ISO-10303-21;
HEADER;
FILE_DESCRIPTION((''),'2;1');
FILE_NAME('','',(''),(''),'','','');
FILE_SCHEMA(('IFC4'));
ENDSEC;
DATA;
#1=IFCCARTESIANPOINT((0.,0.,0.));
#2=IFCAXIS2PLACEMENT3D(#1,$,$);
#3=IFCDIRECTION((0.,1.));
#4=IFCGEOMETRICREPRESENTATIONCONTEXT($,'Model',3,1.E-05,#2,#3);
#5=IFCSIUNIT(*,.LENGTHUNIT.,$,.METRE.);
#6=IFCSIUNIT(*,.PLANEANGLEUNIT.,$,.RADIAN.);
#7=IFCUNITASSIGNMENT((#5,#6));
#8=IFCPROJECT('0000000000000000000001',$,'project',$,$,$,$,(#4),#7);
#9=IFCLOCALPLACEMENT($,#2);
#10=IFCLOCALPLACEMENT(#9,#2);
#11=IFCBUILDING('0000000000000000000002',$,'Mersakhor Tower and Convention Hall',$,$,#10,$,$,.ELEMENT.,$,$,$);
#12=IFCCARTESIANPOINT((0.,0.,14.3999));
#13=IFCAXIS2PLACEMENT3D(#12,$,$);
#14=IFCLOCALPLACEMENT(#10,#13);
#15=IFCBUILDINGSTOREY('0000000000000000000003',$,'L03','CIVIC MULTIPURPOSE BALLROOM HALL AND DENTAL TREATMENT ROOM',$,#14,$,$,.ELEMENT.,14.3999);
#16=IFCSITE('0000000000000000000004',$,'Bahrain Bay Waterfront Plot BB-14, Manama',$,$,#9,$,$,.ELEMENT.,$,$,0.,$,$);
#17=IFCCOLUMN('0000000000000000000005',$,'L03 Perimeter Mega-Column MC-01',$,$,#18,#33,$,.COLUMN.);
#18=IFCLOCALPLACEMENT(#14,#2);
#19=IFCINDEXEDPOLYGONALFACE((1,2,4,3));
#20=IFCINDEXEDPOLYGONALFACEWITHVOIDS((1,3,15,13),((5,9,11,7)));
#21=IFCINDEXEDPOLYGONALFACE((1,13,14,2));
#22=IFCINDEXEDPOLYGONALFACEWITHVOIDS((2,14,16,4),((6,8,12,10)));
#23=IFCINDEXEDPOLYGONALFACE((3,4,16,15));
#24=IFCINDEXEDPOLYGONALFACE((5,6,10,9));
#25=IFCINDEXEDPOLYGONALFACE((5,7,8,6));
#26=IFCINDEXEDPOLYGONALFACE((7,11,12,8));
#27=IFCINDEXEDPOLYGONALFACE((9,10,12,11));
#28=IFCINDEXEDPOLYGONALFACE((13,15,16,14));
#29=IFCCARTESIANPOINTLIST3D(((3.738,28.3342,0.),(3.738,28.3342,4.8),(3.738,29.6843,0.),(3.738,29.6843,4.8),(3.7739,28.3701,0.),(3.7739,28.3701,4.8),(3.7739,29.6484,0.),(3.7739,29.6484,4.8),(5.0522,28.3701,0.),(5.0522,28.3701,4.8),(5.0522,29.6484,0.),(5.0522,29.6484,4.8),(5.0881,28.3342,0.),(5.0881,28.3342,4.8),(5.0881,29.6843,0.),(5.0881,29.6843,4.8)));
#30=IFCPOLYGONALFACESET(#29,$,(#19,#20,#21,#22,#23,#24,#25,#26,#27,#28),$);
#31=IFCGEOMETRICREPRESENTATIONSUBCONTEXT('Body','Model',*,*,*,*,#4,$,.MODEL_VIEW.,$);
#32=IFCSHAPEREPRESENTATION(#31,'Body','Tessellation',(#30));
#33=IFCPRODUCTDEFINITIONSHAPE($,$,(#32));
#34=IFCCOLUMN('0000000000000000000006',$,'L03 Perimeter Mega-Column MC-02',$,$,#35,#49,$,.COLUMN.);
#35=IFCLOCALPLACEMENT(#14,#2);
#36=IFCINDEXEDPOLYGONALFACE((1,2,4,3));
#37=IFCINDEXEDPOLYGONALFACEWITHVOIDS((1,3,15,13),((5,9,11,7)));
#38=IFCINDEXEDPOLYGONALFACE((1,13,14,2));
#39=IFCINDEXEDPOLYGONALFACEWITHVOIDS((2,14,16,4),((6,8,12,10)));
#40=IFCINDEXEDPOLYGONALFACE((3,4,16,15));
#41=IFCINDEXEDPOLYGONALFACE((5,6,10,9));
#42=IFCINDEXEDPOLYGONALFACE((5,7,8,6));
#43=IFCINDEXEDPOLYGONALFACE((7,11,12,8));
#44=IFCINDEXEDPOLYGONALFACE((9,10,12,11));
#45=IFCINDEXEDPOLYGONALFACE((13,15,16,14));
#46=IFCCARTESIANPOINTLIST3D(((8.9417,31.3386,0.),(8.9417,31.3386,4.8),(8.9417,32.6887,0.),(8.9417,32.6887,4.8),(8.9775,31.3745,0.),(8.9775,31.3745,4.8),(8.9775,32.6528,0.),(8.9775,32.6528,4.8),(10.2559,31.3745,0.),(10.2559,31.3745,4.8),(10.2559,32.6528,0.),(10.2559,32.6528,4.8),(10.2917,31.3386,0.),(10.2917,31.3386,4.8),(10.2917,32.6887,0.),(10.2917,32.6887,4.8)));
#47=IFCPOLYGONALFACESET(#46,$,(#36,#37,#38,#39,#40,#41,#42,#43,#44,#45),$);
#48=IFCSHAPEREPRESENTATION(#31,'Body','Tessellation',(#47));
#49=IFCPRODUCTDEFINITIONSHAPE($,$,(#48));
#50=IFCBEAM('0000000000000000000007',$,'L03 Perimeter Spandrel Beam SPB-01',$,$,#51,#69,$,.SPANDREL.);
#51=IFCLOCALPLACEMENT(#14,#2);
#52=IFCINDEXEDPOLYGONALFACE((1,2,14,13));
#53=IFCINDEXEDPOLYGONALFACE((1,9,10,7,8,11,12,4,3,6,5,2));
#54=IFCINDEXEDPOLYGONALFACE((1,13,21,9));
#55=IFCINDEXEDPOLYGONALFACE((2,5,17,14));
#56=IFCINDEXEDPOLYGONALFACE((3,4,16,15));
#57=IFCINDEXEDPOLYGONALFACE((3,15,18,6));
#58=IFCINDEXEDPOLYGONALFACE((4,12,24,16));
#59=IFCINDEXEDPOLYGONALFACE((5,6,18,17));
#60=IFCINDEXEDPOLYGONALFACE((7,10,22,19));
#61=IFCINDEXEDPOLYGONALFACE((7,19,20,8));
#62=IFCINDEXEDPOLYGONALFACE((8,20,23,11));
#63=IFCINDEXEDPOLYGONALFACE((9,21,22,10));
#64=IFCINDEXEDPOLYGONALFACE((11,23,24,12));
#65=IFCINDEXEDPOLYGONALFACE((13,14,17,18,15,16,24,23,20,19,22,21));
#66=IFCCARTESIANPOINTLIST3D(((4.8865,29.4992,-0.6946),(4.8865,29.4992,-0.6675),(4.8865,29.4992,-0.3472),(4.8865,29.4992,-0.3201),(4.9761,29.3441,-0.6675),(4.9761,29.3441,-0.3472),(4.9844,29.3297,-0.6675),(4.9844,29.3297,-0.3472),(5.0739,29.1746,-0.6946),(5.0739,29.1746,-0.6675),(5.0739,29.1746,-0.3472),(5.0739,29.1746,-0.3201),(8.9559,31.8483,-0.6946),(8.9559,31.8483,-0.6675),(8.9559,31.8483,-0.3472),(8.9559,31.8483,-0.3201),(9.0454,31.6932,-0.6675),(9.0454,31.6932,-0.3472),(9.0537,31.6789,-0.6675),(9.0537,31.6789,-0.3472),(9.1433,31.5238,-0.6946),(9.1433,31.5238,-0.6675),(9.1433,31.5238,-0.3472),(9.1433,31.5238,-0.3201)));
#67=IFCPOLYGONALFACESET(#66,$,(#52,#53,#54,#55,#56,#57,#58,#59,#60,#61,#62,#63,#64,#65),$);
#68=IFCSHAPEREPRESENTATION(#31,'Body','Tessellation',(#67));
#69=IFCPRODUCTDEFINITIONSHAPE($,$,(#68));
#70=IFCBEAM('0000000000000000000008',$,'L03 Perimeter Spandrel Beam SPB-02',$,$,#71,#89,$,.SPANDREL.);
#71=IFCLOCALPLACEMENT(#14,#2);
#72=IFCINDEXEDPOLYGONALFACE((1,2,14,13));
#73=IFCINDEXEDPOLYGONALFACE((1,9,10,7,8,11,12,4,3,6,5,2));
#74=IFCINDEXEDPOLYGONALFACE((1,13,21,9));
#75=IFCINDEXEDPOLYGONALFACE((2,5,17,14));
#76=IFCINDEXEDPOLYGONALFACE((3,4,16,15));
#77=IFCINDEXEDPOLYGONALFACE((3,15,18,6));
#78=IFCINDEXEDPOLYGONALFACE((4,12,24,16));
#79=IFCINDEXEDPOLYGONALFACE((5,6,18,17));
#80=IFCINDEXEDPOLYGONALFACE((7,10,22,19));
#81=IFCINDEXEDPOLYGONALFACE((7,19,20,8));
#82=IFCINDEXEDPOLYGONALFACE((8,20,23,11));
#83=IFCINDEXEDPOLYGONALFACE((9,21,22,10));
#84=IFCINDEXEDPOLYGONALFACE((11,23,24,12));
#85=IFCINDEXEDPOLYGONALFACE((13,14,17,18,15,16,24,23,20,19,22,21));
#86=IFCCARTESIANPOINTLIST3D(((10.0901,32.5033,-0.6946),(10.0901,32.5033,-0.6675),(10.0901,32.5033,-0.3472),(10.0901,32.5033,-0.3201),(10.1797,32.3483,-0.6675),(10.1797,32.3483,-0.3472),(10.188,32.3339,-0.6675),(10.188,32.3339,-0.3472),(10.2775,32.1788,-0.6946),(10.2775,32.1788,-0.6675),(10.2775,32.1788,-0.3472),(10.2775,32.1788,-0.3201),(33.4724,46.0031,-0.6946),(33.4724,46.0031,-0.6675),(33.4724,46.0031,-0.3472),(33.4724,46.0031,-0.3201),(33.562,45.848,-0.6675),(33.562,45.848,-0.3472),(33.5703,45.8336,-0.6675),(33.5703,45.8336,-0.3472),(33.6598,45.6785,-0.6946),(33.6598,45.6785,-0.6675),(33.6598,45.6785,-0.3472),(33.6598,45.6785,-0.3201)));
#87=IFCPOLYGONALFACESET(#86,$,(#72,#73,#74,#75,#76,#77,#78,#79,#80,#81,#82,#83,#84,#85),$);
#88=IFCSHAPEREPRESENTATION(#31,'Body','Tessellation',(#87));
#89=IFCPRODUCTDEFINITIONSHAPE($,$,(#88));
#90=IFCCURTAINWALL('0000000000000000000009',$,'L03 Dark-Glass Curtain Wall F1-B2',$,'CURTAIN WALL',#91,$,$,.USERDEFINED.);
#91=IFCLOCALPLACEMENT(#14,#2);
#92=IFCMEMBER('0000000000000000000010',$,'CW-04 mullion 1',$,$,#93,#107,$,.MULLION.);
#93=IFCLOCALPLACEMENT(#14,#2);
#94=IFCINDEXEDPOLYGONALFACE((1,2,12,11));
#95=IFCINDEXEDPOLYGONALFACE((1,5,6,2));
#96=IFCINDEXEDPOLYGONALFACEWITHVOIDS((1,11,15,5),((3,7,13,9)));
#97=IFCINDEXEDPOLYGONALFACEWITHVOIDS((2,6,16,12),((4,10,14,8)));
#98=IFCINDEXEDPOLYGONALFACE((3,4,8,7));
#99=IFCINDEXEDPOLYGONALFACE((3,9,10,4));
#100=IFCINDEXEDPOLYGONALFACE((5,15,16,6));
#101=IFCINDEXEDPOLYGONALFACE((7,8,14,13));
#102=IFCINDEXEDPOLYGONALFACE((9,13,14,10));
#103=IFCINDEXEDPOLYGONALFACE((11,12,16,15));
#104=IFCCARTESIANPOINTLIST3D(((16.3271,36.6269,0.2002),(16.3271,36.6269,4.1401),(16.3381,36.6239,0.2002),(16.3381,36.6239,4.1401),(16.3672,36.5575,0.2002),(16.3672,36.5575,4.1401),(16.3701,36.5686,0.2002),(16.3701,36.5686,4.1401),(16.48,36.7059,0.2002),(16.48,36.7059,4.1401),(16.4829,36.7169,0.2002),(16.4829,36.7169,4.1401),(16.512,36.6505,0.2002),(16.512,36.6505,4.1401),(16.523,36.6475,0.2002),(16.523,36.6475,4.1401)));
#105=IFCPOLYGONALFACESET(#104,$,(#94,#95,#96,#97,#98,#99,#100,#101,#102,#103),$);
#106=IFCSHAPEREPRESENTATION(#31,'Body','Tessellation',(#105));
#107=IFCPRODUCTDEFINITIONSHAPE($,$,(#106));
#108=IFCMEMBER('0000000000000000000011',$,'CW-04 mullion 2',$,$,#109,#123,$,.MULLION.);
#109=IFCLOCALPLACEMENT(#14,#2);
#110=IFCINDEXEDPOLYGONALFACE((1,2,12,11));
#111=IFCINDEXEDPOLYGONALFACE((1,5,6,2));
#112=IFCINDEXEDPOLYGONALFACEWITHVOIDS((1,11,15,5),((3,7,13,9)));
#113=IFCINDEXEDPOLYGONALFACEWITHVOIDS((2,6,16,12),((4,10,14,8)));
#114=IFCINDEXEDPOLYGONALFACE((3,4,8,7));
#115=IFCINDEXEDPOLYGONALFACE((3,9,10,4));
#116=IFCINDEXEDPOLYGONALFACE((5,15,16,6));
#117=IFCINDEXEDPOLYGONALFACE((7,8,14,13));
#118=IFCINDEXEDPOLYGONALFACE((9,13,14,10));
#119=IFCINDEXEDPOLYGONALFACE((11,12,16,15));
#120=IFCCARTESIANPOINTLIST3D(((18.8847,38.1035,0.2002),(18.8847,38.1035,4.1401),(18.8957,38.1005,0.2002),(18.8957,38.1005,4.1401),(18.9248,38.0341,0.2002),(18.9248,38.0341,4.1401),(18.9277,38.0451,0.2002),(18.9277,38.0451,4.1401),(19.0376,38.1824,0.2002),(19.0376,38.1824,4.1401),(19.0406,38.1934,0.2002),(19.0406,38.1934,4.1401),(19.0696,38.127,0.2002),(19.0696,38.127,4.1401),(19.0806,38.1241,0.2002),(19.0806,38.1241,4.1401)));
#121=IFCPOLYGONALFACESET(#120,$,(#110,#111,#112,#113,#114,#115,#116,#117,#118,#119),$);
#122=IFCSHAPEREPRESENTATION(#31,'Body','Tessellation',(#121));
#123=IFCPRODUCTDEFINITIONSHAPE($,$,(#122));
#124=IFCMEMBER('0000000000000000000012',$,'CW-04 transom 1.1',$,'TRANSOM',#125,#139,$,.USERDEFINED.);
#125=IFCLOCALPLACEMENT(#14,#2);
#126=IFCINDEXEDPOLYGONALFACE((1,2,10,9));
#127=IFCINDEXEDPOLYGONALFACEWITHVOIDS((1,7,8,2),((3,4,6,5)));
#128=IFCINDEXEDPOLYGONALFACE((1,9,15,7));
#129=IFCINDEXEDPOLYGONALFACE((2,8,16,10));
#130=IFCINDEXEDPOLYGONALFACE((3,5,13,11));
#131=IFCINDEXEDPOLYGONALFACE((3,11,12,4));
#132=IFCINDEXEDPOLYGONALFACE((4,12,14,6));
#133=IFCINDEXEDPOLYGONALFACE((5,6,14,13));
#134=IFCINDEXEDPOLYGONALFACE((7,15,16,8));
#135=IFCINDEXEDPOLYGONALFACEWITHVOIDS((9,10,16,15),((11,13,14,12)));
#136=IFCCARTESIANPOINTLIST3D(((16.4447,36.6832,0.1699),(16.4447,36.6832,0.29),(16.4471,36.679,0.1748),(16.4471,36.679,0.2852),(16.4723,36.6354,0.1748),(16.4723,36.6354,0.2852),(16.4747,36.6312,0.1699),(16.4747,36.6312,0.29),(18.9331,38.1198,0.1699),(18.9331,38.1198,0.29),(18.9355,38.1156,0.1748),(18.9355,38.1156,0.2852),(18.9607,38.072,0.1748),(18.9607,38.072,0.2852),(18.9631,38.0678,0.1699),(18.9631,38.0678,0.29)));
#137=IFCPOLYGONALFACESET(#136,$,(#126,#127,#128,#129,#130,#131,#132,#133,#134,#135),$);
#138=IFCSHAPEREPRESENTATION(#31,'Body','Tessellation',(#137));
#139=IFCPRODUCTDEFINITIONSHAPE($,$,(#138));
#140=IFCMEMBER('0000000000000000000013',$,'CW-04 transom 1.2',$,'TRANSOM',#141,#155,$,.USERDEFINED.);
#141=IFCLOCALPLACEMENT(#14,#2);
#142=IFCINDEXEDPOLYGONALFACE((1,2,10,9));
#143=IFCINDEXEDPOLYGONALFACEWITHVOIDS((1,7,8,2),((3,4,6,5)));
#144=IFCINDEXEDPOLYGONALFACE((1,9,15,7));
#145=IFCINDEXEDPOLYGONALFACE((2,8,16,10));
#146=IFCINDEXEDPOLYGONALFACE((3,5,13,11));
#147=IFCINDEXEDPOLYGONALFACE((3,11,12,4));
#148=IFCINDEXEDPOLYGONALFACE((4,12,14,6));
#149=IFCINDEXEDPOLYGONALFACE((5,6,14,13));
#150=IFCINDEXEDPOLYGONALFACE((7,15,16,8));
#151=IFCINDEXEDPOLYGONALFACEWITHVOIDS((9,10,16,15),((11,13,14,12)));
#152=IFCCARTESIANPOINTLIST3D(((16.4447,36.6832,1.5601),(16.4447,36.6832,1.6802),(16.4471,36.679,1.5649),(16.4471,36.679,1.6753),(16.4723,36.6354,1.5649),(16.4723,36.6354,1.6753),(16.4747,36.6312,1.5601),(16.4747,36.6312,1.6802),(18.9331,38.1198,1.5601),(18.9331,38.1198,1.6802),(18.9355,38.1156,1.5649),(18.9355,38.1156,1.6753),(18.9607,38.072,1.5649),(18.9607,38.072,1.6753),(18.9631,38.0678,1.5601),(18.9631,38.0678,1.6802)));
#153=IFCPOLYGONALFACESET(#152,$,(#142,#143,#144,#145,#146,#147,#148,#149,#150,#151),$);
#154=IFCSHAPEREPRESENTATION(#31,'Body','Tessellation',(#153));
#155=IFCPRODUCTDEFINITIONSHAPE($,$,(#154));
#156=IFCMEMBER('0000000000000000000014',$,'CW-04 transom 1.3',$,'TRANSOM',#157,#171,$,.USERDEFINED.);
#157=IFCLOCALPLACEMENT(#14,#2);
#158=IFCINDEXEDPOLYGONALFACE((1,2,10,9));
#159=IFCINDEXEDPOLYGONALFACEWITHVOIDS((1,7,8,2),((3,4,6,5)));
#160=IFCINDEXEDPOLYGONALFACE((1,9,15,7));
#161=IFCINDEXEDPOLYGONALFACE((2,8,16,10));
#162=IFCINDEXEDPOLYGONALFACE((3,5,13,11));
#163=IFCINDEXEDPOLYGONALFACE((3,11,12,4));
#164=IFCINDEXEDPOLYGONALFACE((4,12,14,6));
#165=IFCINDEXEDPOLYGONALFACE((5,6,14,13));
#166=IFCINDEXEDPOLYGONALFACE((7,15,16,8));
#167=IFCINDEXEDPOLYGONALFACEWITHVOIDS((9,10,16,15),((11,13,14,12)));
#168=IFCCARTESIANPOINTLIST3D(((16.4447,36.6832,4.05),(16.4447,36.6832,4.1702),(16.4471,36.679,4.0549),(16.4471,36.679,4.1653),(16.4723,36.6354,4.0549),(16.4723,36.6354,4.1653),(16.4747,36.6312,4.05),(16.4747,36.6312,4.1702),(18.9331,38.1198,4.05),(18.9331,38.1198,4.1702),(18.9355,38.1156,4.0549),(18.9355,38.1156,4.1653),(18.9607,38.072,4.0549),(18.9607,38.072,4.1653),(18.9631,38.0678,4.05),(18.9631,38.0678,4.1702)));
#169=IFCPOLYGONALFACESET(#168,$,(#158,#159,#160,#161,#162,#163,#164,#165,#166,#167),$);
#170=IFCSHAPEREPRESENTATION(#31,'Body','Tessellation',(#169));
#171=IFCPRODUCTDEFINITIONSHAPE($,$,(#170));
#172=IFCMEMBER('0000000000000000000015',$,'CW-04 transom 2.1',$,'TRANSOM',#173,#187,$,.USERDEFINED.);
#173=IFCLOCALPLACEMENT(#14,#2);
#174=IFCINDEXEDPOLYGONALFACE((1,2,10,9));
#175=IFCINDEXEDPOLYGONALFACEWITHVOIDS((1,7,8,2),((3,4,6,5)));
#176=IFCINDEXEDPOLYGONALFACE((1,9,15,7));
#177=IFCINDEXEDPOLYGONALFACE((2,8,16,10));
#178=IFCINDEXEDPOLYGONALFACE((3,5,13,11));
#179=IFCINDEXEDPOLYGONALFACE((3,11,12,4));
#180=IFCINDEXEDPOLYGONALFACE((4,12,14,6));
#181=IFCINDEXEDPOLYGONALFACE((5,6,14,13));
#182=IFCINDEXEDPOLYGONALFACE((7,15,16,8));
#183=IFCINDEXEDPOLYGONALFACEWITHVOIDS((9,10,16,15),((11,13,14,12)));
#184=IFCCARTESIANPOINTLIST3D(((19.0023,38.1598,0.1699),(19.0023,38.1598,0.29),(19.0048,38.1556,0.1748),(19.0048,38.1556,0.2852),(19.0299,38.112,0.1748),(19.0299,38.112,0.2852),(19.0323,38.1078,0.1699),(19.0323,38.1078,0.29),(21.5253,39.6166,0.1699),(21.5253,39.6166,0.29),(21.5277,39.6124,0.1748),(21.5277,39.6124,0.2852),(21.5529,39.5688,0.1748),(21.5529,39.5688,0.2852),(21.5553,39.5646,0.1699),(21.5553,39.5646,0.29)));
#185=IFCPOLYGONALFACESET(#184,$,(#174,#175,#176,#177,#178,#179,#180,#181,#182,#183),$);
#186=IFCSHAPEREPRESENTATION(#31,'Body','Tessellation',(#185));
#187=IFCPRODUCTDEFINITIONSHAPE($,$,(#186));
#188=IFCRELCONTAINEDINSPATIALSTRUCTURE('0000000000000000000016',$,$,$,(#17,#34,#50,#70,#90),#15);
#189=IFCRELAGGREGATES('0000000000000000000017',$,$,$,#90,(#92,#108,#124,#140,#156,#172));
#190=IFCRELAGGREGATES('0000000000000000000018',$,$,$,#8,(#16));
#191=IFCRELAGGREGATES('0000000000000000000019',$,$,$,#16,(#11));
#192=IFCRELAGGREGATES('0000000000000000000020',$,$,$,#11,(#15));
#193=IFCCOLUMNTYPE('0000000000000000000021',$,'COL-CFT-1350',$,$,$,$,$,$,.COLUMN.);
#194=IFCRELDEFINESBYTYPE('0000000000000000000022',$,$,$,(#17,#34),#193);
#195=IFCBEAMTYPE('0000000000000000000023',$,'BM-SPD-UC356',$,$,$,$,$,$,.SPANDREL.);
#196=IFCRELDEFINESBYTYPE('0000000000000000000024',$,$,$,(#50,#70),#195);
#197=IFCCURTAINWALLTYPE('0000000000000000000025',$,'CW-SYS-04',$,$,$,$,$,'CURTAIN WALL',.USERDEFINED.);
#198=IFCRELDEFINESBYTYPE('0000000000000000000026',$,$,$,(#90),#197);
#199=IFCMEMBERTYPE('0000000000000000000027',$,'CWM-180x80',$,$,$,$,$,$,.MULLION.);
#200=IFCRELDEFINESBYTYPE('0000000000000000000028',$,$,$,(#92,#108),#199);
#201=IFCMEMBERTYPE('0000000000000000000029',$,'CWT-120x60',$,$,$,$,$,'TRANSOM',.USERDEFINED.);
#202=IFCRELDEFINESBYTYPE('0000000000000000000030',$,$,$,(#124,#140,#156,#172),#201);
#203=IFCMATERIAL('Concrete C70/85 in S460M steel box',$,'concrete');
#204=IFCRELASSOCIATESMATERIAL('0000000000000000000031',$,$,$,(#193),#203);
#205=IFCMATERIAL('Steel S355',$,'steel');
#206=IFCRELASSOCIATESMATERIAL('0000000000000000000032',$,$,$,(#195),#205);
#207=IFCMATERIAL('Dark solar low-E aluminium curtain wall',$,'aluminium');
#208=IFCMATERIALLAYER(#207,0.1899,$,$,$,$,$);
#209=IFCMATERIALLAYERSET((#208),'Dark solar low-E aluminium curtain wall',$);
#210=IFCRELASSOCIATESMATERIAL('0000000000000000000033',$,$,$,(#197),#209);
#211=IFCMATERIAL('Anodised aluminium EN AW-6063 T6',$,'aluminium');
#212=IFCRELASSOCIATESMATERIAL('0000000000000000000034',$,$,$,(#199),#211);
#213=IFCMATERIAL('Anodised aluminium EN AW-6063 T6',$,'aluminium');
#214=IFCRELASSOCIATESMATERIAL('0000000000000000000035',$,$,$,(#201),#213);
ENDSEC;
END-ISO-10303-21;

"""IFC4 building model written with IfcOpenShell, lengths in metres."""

from ifc_helpers import new_model, si_unit, direction, frame, origin, origin_2d, place, context, subcontext, project, spatial, hollow_rectangle, i_section, extrude, material, layer, layer_set, material_profile, profile_set, type_object, element, aggregate, save


model = new_model("IFC4")

# Units and contexts
model_context = context("Model", 3, precision=1e-05, world=origin(), true_north=direction((0.0, 1.0)))
body_context = subcontext(model_context, "Body", "Model", "MODEL_VIEW")
ifc_project = project(units=[si_unit("LENGTHUNIT", "METRE"), si_unit("PLANEANGLEUNIT", "RADIAN")], contexts=[model_context])

# Site, building, storey
site_placement = place(None, origin())
site = spatial("IfcSite", under=ifc_project, at=site_placement, Name="Bahrain Bay Waterfront Plot BB-14, Manama", CompositionType="ELEMENT", RefElevation=0.0)
building_placement = place(site_placement, origin())
building = spatial("IfcBuilding", under=site, at=building_placement, Name="Mersakhor Tower and Convention Hall", CompositionType="ELEMENT")
storey_placement = place(building_placement, frame((0.0, 0.0, 14.3999)))
storey = spatial("IfcBuildingStorey", under=building, at=storey_placement, Name="L03", Description="CIVIC MULTIPURPOSE BALLROOM HALL AND DENTAL TREATMENT ROOM", CompositionType="ELEMENT", Elevation=14.3999)

# Columns
ifc_material_1 = material(Name="Concrete C70/85 in S460M steel box", Category="concrete")
ifc_material_profile_1 = material_profile(ifc_material_1, hollow_rectangle(XDim=1.3501, YDim=1.3501, WallThickness=0.0359, at=origin_2d()), Name="SHS 1350x1350x36")
ifc_profile_set_1 = profile_set([ifc_material_profile_1], Name="Concrete C70/85 in S460M steel box")
column_type = type_object("IfcColumnType", Name="COL-CFT-1350", PredefinedType="COLUMN", material=ifc_profile_set_1)
for number, where, z_axis, x_axis, name in (
    (1, (4.4131, 29.0093, 0.0), (0.0, 0.0, 1.0), (1.0, 0.0, 0.0), "L03 Perimeter Mega-Column MC-01"),
    (2, (9.6167, 32.0137, 0.0), (0.0, 0.0, 1.0), (1.0, 0.0, 0.0), "L03 Perimeter Mega-Column MC-02"),
):
    element("IfcColumn", number, at=place(storey_placement, frame(where, z_axis=z_axis, x_axis=x_axis)), inside=storey, type_object=column_type, Name=name, PredefinedType="COLUMN", context=body_context, shape_type="SweptSolid", body=[
        extrude(hollow_rectangle(XDim=1.3501, YDim=1.3501, WallThickness=0.0359, at=origin_2d()), origin(), (0.0, 0.0, 1.0), 4.8),
    ])

# Beams
ifc_material_2 = material(Name="Steel S355", Category="steel")
ifc_material_profile_2 = material_profile(ifc_material_2, i_section(OverallWidth=0.3748, OverallDepth=0.3745, WebThickness=0.0166, FlangeThickness=0.0271, at=origin_2d()), Name="UC 356x368x202")
ifc_profile_set_2 = profile_set([ifc_material_profile_2], Name="Steel S355")
beam_type = type_object("IfcBeamType", Name="BM-SPD-UC356", PredefinedType="SPANDREL", material=ifc_profile_set_2)
beam_1_placement = place(storey_placement, frame((4.9802, 29.3369, -0.5073), z_axis=(0.866054, 0.49995, 0.0), x_axis=(-0.49995, 0.866054, 0.0)))
element("IfcBeam", 3, at=beam_1_placement, inside=storey, type_object=beam_type, Name="L03 Perimeter Spandrel Beam SPB-01", PredefinedType="SPANDREL", context=body_context, shape_type="SweptSolid", body=[
    extrude(i_section(OverallWidth=0.3748, OverallDepth=0.3745, WebThickness=0.0166, FlangeThickness=0.0271, at=origin_2d()), origin(), (0.0, 0.0, 1.0), 4.6987),
])
beam_2_placement = place(storey_placement, frame((10.1838, 32.3411, -0.5073), z_axis=(0.866026, 0.499999, 0.0), x_axis=(-0.499999, 0.866026, 0.0)))
element("IfcBeam", 4, at=beam_2_placement, inside=storey, type_object=beam_type, Name="L03 Perimeter Spandrel Beam SPB-02", PredefinedType="SPANDREL", context=body_context, shape_type="SweptSolid", body=[
    extrude(i_section(OverallWidth=0.3748, OverallDepth=0.3745, WebThickness=0.0166, FlangeThickness=0.0271, at=origin_2d()), origin(), (0.0, 0.0, 1.0), 26.9995),
])

# Curtain wall, members
ifc_material_3 = material(Name="Dark solar low-E aluminium curtain wall", Category="aluminium")
ifc_layer_1 = layer(ifc_material_3, 0.1899)
ifc_layer_set_1 = layer_set([ifc_layer_1], Name="Dark solar low-E aluminium curtain wall")
curtain_wall_type = type_object("IfcCurtainWallType", Name="CW-SYS-04", ElementType="CURTAIN WALL", PredefinedType="USERDEFINED", material=ifc_layer_set_1)
curtain_wall_placement = place(storey_placement, origin())
curtain_wall = element("IfcCurtainWall", 5, at=curtain_wall_placement, inside=storey, type_object=curtain_wall_type, Name="L03 Dark-Glass Curtain Wall F1-B2", ObjectType="CURTAIN WALL", PredefinedType="USERDEFINED")
ifc_material_4 = material(Name="Anodised aluminium EN AW-6063 T6", Category="aluminium")
ifc_material_profile_3 = material_profile(ifc_material_4, hollow_rectangle(XDim=0.0801, YDim=0.1799, WallThickness=0.0081, at=origin_2d()), Name="RHS 180x80x8")
ifc_profile_set_3 = profile_set([ifc_material_profile_3], Name="Anodised aluminium EN AW-6063 T6")
member_type_1 = type_object("IfcMemberType", Name="CWM-180x80", PredefinedType="MULLION", material=ifc_profile_set_3)
member_1_placement = place(storey_placement, frame((16.425, 36.6372, 0.2002), z_axis=(0.0, 0.0, 1.0), x_axis=(-0.500003, 0.866023, 0.0)))
member_1 = element("IfcMember", 6, at=member_1_placement, type_object=member_type_1, Name="CW-04 mullion 1", PredefinedType="MULLION", context=body_context, shape_type="SweptSolid", body=[
    extrude(hollow_rectangle(XDim=0.0801, YDim=0.1799, WallThickness=0.0081, at=origin_2d()), origin(), (0.0, 0.0, 1.0), 3.9399),
])
member_2_placement = place(storey_placement, frame((18.9827, 38.1138, 0.2002), z_axis=(0.0, 0.0, 1.0), x_axis=(-0.500003, 0.866023, 0.0)))
member_2 = element("IfcMember", 7, at=member_2_placement, type_object=member_type_1, Name="CW-04 mullion 2", PredefinedType="MULLION", context=body_context, shape_type="SweptSolid", body=[
    extrude(hollow_rectangle(XDim=0.0801, YDim=0.1799, WallThickness=0.0081, at=origin_2d()), origin(), (0.0, 0.0, 1.0), 3.9399),
])
ifc_material_5 = material(Name="Anodised aluminium EN AW-6063 T6", Category="aluminium")
ifc_material_profile_4 = material_profile(ifc_material_5, hollow_rectangle(XDim=0.0601, YDim=0.1201, WallThickness=0.0049, at=origin_2d()), Name="RHS 120x60x5")
ifc_profile_set_4 = profile_set([ifc_material_profile_4], Name="Anodised aluminium EN AW-6063 T6")
member_type_2 = type_object("IfcMemberType", Name="CWT-120x60", ElementType="TRANSOM", PredefinedType="USERDEFINED", material=ifc_profile_set_4)
member_3_placement = place(storey_placement, frame((16.4597, 36.6572, 0.23), z_axis=(0.866038, 0.499977, 0.0), x_axis=(-0.499977, 0.866038, 0.0)))
member_3 = element("IfcMember", 8, at=member_3_placement, type_object=member_type_2, Name="CW-04 transom 1.1", ObjectType="TRANSOM", PredefinedType="USERDEFINED", context=body_context, shape_type="SweptSolid", body=[
    extrude(hollow_rectangle(XDim=0.0601, YDim=0.1201, WallThickness=0.0049, at=origin_2d()), origin(), (0.0, 0.0, 1.0), 2.8733),
])
member_4_placement = place(storey_placement, frame((16.4597, 36.6572, 1.6201), z_axis=(0.866038, 0.499977, 0.0), x_axis=(-0.499977, 0.866038, 0.0)))
member_4 = element("IfcMember", 9, at=member_4_placement, type_object=member_type_2, Name="CW-04 transom 1.2", ObjectType="TRANSOM", PredefinedType="USERDEFINED", context=body_context, shape_type="SweptSolid", body=[
    extrude(hollow_rectangle(XDim=0.0601, YDim=0.1201, WallThickness=0.0049, at=origin_2d()), origin(), (0.0, 0.0, 1.0), 2.8733),
])
member_5_placement = place(storey_placement, frame((16.4597, 36.6572, 4.1101), z_axis=(0.866038, 0.499977, 0.0), x_axis=(-0.499977, 0.866038, 0.0)))
member_5 = element("IfcMember", 10, at=member_5_placement, type_object=member_type_2, Name="CW-04 transom 1.3", ObjectType="TRANSOM", PredefinedType="USERDEFINED", context=body_context, shape_type="SweptSolid", body=[
    extrude(hollow_rectangle(XDim=0.0601, YDim=0.1201, WallThickness=0.0049, at=origin_2d()), origin(), (0.0, 0.0, 1.0), 2.8733),
])
member_6_placement = place(storey_placement, frame((19.0173, 38.1338, 0.23), z_axis=(0.866001, 0.500042, 0.0), x_axis=(-0.500042, 0.866001, 0.0)))
member_6 = element("IfcMember", 11, at=member_6_placement, type_object=member_type_2, Name="CW-04 transom 2.1", ObjectType="TRANSOM", PredefinedType="USERDEFINED", context=body_context, shape_type="SweptSolid", body=[
    extrude(hollow_rectangle(XDim=0.0601, YDim=0.1201, WallThickness=0.0049, at=origin_2d()), origin(), (0.0, 0.0, 1.0), 2.9133),
])

aggregate(curtain_wall, [member_1, member_2, member_3, member_4, member_5, member_6])

save(model, "model.ifc")
